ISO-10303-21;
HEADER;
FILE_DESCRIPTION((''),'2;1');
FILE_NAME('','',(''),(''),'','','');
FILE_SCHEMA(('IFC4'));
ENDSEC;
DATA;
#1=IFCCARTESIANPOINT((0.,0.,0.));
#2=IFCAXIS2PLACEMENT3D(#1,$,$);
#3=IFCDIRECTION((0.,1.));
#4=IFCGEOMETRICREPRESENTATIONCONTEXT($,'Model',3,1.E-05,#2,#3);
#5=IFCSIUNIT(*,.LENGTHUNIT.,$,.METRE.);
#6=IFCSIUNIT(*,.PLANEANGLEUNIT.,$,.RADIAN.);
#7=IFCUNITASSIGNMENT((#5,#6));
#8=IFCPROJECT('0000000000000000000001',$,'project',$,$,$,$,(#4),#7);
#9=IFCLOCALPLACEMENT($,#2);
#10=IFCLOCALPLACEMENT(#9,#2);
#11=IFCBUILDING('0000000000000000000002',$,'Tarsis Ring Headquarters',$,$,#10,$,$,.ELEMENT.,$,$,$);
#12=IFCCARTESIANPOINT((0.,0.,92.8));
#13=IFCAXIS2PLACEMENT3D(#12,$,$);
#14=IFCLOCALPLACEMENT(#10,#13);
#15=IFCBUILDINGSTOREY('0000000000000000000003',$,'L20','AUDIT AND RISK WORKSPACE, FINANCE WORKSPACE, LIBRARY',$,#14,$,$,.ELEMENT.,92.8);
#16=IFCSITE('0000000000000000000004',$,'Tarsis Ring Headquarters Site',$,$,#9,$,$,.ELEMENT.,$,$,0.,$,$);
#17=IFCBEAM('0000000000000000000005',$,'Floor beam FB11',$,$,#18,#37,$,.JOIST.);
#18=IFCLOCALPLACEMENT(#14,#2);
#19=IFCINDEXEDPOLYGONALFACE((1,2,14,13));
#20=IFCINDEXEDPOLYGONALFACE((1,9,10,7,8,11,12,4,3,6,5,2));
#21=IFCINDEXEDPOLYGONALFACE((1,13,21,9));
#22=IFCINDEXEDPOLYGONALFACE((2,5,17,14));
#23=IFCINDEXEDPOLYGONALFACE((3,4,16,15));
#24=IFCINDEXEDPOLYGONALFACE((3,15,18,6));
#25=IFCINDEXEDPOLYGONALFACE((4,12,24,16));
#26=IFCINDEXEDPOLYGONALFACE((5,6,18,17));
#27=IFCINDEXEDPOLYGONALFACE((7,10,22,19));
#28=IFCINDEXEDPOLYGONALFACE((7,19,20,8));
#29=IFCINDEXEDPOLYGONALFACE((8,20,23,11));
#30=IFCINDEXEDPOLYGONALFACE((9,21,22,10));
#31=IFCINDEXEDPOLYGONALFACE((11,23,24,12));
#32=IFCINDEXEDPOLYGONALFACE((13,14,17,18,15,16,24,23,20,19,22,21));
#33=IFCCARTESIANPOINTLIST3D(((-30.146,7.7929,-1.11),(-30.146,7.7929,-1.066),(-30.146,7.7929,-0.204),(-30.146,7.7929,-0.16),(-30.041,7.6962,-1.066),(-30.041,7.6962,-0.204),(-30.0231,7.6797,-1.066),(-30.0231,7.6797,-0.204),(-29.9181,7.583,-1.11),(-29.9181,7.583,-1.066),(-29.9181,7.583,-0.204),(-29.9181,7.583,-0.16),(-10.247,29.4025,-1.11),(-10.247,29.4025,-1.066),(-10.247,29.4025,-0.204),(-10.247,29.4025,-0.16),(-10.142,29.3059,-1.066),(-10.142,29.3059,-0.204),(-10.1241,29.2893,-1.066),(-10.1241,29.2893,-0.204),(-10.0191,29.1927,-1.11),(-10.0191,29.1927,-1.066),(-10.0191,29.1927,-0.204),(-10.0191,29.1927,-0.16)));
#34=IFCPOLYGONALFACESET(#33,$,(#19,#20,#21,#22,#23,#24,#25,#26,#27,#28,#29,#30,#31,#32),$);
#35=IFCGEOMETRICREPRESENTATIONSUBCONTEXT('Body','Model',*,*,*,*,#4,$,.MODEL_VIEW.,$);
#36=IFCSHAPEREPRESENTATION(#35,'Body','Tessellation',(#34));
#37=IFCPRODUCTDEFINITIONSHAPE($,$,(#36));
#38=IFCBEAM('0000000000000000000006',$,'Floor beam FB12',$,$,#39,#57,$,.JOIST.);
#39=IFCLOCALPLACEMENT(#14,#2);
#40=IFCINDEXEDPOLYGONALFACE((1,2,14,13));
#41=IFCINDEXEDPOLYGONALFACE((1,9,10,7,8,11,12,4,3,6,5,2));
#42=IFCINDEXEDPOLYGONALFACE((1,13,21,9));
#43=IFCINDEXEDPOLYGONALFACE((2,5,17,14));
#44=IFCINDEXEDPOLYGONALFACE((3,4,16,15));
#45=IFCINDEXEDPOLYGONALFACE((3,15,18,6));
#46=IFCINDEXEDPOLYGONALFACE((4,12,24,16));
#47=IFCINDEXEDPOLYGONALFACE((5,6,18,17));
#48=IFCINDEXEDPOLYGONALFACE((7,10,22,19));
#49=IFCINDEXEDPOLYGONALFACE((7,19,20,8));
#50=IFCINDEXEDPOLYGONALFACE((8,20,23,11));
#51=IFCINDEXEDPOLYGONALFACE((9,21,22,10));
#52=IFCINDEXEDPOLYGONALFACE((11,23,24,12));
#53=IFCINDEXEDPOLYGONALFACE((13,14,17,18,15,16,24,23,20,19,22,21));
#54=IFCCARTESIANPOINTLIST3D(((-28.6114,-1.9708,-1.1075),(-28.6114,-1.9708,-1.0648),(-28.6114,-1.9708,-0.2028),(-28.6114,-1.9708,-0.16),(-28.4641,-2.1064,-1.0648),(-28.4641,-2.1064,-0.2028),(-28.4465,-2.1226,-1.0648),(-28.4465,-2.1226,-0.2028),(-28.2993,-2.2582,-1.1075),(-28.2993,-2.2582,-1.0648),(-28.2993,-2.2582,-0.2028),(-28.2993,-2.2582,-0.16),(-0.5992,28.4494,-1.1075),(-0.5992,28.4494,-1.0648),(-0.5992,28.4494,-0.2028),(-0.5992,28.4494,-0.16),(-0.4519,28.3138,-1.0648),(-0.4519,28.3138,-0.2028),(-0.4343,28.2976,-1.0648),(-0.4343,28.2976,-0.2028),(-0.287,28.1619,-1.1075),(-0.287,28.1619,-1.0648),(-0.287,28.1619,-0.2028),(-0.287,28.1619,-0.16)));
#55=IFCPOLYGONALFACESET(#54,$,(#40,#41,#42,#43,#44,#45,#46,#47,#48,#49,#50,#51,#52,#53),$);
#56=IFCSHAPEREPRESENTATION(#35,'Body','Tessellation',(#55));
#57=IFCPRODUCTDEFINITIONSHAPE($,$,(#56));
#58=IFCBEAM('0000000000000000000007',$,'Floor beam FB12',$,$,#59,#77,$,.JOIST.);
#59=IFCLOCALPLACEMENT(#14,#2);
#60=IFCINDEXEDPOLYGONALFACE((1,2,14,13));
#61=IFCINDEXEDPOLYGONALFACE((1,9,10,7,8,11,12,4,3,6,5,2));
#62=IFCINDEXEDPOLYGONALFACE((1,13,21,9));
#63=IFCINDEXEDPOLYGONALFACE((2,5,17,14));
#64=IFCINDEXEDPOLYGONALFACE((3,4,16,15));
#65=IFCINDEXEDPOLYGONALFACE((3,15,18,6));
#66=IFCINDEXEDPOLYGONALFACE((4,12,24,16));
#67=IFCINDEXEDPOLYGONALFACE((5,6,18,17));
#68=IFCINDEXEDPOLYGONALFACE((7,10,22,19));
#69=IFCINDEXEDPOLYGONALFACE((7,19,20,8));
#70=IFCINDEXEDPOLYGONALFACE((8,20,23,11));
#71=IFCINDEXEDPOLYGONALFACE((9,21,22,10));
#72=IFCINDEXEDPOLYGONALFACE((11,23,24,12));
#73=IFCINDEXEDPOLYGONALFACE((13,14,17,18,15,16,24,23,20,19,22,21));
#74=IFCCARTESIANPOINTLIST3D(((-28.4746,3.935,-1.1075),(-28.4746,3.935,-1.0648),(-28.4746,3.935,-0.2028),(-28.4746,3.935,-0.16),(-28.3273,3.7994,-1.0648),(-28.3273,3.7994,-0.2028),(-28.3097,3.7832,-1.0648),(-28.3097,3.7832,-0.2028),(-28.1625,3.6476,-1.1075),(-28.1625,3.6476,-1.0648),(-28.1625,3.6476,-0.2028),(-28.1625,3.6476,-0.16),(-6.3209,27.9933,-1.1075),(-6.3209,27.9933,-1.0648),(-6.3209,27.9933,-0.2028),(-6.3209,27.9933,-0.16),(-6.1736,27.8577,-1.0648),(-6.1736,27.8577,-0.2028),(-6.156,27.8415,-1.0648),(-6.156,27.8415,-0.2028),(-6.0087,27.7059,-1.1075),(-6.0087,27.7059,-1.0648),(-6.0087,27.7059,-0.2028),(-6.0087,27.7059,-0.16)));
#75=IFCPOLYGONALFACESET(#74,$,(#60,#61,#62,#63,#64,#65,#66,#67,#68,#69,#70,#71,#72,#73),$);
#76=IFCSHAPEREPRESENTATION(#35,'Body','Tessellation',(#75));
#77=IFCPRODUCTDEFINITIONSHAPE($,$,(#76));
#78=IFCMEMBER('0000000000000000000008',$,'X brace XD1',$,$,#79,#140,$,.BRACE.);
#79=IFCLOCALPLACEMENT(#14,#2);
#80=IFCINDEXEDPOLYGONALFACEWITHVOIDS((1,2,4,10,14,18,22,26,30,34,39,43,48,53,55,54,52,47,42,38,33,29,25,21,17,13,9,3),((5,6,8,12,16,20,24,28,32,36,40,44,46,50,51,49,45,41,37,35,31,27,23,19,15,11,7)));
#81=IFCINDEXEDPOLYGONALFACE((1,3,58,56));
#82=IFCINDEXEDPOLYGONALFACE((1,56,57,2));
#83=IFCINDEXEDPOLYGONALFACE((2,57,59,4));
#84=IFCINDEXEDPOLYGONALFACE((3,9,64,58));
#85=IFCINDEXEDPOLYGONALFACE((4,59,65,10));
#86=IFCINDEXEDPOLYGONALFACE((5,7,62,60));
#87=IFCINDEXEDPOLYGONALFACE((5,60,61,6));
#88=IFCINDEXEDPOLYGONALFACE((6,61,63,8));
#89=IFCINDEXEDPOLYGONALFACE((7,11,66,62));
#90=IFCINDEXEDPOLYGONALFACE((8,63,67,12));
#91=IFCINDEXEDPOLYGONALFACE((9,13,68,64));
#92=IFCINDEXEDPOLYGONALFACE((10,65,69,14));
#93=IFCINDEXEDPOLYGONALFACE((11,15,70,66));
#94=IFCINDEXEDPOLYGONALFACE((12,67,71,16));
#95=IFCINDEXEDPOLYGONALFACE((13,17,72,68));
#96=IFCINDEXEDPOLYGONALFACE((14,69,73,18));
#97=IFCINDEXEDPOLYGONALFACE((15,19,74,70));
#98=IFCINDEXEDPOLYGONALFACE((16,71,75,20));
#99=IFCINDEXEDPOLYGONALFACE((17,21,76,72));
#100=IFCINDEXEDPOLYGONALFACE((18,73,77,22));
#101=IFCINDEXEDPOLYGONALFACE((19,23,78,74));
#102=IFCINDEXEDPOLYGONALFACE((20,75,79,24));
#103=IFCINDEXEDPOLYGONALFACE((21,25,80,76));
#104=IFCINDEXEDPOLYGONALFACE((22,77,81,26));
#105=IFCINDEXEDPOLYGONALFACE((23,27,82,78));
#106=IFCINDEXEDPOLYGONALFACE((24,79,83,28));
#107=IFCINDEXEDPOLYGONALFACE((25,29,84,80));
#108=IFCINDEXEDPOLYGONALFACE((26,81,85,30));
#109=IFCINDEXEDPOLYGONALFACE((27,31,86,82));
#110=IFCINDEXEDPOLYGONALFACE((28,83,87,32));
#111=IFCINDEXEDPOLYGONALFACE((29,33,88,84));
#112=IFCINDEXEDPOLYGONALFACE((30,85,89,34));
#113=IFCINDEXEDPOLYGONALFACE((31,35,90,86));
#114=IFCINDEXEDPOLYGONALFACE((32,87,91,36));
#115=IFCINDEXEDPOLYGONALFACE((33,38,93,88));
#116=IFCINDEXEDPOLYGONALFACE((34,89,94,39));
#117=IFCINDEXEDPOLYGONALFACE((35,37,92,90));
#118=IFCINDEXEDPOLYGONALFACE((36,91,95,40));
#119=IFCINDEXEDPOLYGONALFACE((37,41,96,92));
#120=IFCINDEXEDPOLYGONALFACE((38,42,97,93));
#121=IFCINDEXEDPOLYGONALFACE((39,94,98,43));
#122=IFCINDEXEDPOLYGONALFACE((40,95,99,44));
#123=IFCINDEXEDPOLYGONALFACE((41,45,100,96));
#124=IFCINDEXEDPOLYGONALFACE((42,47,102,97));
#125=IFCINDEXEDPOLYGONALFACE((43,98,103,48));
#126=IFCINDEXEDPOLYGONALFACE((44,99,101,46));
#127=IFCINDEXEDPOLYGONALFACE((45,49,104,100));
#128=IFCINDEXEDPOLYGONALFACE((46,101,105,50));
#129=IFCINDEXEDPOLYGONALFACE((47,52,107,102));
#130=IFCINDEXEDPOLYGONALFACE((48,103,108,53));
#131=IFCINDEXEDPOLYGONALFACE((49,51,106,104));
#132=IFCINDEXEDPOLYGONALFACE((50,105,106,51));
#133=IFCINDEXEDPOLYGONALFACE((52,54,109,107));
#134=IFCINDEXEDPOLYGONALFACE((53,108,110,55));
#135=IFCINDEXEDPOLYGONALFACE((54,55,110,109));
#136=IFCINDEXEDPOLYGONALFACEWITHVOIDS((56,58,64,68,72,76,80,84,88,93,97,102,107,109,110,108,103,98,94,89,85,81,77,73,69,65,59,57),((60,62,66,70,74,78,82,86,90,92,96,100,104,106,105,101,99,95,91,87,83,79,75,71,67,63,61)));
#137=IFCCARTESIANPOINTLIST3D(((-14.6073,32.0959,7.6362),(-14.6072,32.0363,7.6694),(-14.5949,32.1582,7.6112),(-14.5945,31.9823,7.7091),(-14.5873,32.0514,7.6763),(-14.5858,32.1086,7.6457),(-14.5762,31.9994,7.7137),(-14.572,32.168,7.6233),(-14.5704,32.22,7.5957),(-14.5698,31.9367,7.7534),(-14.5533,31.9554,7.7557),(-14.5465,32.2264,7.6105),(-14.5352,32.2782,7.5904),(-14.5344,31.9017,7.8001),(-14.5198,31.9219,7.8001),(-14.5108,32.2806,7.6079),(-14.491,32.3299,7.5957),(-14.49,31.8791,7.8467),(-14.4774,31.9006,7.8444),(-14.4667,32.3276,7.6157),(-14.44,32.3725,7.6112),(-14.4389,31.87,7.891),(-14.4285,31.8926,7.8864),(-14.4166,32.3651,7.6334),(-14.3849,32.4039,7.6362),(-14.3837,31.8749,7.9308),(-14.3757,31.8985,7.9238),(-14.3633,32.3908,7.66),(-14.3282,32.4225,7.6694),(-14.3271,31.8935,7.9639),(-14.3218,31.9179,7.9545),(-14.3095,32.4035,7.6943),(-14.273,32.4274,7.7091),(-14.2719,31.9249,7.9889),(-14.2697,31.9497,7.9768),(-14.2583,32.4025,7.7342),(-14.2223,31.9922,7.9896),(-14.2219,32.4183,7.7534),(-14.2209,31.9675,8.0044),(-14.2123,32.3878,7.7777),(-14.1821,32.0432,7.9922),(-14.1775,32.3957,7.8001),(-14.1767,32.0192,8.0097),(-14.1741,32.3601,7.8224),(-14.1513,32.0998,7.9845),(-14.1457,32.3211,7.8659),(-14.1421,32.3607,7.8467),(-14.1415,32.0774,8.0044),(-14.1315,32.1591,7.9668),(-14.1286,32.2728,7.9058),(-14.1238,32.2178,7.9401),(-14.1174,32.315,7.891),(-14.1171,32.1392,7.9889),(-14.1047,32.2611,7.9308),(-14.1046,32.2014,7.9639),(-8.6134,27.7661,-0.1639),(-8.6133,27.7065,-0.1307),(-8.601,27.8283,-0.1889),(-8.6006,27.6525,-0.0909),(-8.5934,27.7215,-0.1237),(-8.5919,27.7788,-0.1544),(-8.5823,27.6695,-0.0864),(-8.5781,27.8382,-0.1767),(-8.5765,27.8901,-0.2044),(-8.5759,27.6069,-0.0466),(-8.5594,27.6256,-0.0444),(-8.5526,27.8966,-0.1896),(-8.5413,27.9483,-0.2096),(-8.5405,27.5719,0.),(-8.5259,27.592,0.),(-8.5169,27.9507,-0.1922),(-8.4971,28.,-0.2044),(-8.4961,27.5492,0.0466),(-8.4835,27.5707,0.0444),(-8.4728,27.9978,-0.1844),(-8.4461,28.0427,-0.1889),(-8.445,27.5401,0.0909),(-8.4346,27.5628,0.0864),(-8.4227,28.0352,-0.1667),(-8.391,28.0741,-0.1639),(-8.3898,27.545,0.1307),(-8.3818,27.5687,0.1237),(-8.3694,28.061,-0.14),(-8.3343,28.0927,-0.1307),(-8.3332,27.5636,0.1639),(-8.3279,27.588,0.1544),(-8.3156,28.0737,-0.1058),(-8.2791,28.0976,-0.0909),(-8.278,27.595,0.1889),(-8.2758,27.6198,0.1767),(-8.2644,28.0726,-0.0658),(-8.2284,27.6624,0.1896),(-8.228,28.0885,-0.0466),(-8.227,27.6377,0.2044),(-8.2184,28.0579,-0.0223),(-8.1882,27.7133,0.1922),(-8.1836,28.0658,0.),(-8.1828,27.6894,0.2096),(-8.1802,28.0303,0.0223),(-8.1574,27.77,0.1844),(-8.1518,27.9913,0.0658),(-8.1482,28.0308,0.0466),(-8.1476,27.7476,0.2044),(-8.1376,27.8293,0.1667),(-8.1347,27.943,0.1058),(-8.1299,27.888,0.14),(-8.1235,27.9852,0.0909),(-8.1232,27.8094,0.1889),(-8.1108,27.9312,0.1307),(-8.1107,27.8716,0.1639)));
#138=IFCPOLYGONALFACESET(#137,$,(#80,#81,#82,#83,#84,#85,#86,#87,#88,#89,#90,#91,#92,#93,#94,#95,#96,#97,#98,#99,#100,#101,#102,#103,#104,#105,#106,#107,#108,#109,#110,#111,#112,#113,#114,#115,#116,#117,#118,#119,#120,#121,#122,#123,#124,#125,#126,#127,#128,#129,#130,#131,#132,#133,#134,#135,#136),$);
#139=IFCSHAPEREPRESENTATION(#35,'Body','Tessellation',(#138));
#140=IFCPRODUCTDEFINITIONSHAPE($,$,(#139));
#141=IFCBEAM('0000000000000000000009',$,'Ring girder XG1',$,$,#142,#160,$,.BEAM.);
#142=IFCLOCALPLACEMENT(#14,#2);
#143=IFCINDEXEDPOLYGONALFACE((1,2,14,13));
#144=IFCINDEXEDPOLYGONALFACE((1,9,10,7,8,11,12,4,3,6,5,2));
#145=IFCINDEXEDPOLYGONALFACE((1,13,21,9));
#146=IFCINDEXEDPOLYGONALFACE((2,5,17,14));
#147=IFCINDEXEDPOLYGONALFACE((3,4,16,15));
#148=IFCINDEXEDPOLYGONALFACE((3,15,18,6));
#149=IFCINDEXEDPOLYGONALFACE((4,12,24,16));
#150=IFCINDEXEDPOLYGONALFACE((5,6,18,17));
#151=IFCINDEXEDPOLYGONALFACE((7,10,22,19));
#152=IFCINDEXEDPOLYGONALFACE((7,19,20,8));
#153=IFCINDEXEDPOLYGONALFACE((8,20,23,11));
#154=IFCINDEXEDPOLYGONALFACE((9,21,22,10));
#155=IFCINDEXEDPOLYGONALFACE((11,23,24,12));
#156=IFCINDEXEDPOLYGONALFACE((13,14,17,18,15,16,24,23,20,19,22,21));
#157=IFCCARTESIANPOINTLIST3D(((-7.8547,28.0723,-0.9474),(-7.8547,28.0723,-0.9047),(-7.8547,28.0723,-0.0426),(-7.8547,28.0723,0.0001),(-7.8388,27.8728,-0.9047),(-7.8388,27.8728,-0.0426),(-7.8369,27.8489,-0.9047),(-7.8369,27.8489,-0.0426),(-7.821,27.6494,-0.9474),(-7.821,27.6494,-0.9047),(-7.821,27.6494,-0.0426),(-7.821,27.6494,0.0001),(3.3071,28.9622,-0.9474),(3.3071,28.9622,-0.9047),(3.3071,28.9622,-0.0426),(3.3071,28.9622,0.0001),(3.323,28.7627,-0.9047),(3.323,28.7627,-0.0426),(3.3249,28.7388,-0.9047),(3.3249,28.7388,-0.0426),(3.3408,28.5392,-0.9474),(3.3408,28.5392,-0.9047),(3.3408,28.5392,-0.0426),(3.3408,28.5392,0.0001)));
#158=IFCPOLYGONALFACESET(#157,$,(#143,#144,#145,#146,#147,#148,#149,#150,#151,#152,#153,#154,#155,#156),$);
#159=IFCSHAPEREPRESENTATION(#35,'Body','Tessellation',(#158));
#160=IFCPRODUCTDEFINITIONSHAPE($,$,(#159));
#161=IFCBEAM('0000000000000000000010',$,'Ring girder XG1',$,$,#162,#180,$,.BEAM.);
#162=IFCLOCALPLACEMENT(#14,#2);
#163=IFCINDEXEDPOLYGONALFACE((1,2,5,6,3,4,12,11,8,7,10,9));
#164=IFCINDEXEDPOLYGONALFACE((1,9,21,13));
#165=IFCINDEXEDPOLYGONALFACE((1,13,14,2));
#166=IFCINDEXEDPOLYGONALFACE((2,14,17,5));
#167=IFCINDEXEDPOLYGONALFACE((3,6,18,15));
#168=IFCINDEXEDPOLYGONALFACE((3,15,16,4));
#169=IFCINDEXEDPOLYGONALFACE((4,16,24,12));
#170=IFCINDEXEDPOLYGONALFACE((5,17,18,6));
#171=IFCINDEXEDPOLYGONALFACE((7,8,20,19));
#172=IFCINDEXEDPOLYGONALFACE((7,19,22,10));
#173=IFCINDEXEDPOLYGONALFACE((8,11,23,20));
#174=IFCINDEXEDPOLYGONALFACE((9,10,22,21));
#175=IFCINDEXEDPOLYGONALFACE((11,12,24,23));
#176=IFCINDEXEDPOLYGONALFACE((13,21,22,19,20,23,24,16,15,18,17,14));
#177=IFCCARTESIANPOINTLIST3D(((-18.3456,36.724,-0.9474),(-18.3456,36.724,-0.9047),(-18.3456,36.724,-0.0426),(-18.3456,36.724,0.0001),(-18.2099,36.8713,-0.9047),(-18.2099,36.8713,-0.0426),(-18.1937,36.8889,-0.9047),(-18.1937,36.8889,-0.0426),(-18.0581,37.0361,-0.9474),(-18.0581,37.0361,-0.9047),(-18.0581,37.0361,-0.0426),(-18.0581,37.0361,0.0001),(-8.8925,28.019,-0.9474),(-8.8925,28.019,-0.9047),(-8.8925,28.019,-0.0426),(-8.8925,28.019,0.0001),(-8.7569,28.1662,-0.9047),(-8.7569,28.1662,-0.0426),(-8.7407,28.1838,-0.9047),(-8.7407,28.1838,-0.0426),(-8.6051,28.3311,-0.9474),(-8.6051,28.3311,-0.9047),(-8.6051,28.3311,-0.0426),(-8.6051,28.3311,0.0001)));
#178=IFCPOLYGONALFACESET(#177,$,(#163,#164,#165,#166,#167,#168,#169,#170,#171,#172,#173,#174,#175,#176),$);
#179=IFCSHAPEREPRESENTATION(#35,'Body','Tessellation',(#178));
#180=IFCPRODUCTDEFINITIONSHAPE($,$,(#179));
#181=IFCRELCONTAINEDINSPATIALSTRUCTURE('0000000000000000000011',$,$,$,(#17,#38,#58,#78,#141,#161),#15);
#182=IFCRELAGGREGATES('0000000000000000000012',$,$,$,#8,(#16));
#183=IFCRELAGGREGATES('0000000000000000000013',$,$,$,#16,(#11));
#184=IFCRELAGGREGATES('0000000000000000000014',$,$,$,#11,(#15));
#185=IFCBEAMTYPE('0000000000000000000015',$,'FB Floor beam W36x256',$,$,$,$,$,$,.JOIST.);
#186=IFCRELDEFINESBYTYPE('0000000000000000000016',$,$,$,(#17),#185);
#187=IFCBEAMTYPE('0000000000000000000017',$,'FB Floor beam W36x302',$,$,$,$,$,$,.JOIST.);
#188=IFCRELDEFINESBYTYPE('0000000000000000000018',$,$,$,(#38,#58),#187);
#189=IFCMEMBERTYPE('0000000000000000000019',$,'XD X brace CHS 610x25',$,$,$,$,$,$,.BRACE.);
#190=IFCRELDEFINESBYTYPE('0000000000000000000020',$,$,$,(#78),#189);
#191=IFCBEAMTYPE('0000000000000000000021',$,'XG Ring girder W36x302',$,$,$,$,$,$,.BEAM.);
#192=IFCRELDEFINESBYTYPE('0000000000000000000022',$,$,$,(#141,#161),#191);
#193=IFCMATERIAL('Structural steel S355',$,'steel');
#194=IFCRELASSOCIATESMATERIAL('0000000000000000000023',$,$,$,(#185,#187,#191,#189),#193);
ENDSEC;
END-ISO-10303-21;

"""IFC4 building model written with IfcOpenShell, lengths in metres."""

from ifc_helpers import new_model, si_unit, direction, frame, origin, origin_2d, place, context, subcontext, project, spatial, hollow_circle, i_section, extrude, material, material_profile, profile_set, type_object, element, save


model = new_model("IFC4")

# Units and contexts
model_context = context("Model", 3, precision=1e-05, world=origin(), true_north=direction((0.0, 1.0)))
body_context = subcontext(model_context, "Body", "Model", "MODEL_VIEW")
ifc_project = project(units=[si_unit("LENGTHUNIT", "METRE"), si_unit("PLANEANGLEUNIT", "RADIAN")], contexts=[model_context])

# Site, building, storey
site_placement = place(None, origin())
site = spatial("IfcSite", under=ifc_project, at=site_placement, Name="Tarsis Ring Headquarters Site", CompositionType="ELEMENT", RefElevation=0.0)
building_placement = place(site_placement, origin())
building = spatial("IfcBuilding", under=site, at=building_placement, Name="Tarsis Ring Headquarters", CompositionType="ELEMENT")
storey_placement = place(building_placement, frame((0.0, 0.0, 92.8)))
storey = spatial("IfcBuildingStorey", under=building, at=storey_placement, Name="L20", Description="AUDIT AND RISK WORKSPACE, FINANCE WORKSPACE, LIBRARY", CompositionType="ELEMENT", Elevation=92.8)

# Shared definitions
ifc_material_1 = material(Name="Structural steel S355", Category="steel")

# Beams
ifc_material_profile_1 = material_profile(ifc_material_1, i_section(OverallWidth=0.3098, OverallDepth=0.95, WebThickness=0.0244, FlangeThickness=0.0439, at=origin_2d()), Name="W36x256")
ifc_profile_set_1 = profile_set([ifc_material_profile_1], Name="Structural steel S355")
beam_type_1 = type_object("IfcBeamType", Name="FB Floor beam W36x256", PredefinedType="JOIST", material=ifc_profile_set_1)
beam_1_placement = place(storey_placement, frame((-10.1331, 29.2976, -0.635), z_axis=(-0.67739, -0.735624, 0.0), x_axis=(0.735624, -0.67739, 0.0)))
element("IfcBeam", 1, at=beam_1_placement, inside=storey, type_object=beam_type_1, Name="Floor beam FB11", PredefinedType="JOIST", context=body_context, shape_type="SweptSolid", body=[
    extrude(i_section(OverallWidth=0.3098, OverallDepth=0.95, WebThickness=0.0244, FlangeThickness=0.0439, at=origin_2d()), origin(), (0.0, 0.0, 1.0), 29.376),
])
ifc_material_profile_2 = material_profile(ifc_material_1, i_section(OverallWidth=0.4243, OverallDepth=0.9475, WebThickness=0.0239, FlangeThickness=0.0427, at=origin_2d()), Name="W36x302")
ifc_profile_set_2 = profile_set([ifc_material_profile_2], Name="Structural steel S355")
beam_type_2 = type_object("IfcBeamType", Name="FB Floor beam W36x302", PredefinedType="JOIST", material=ifc_profile_set_2)
beam_2_placement = place(storey_placement, frame((-0.4431, 28.3057, -0.6338), z_axis=(-0.677392, -0.735622, 0.0), x_axis=(0.735622, -0.677392, 0.0)))
element("IfcBeam", 2, at=beam_2_placement, inside=storey, type_object=beam_type_2, Name="Floor beam FB12", PredefinedType="JOIST", context=body_context, shape_type="SweptSolid", body=[
    extrude(i_section(OverallWidth=0.4243, OverallDepth=0.9475, WebThickness=0.0239, FlangeThickness=0.0427, at=origin_2d()), origin(), (0.0, 0.0, 1.0), 41.353),
])
beam_3_placement = place(storey_placement, frame((-6.1648, 27.8496, -0.6338), z_axis=(-0.67739, -0.735624, 0.0), x_axis=(0.735624, -0.67739, 0.0)))
element("IfcBeam", 3, at=beam_3_placement, inside=storey, type_object=beam_type_2, Name="Floor beam FB12", PredefinedType="JOIST", context=body_context, shape_type="SweptSolid", body=[
    extrude(i_section(OverallWidth=0.4243, OverallDepth=0.9475, WebThickness=0.0239, FlangeThickness=0.0427, at=origin_2d()), origin(), (0.0, 0.0, 1.0), 32.7046),
])

# Member
ifc_material_profile_3 = material_profile(ifc_material_1, hollow_circle(Radius=0.3047, WallThickness=0.0249, at=origin_2d()), Name="CHS 610x25")
ifc_profile_set_3 = profile_set([ifc_material_profile_3], Name="Structural steel S355")
member_type = type_object("IfcMemberType", Name="XD X brace CHS 610x25", PredefinedType="BRACE", material=ifc_profile_set_3)
member_placement = place(storey_placement, frame((-8.3621, 27.8188, 0.0), z_axis=(-0.557686, 0.402858, 0.725735), x_axis=(-0.585571, -0.810621, 0.0)))
element("IfcMember", 4, at=member_placement, inside=storey, type_object=member_type, Name="X brace XD1", PredefinedType="BRACE", context=body_context, shape_type="SweptSolid", body=[
    extrude(hollow_circle(Radius=0.3047, WallThickness=0.0249, at=origin_2d()), origin(), (0.0, 0.0, 1.0), 10.7478),
])

# Beams
beam_type_3 = type_object("IfcBeamType", Name="XG Ring girder W36x302", PredefinedType="BEAM", material=ifc_profile_set_2)
beam_4_placement = place(storey_placement, frame((3.324, 28.7507, -0.4736), z_axis=(-0.996837, -0.079474, 0.0), x_axis=(0.079474, -0.996837, 0.0)))
element("IfcBeam", 5, at=beam_4_placement, inside=storey, type_object=beam_type_3, Name="Ring girder XG1", PredefinedType="BEAM", context=body_context, shape_type="SweptSolid", body=[
    extrude(i_section(OverallWidth=0.4243, OverallDepth=0.9475, WebThickness=0.0239, FlangeThickness=0.0427, at=origin_2d()), origin(), (0.0, 0.0, 1.0), 11.1973),
])
beam_5_placement = place(storey_placement, frame((-8.7488, 28.175, -0.4736), z_axis=(-0.735613, 0.677402, 0.0), x_axis=(-0.677402, -0.735613, 0.0)))
element("IfcBeam", 6, at=beam_5_placement, inside=storey, type_object=beam_type_3, Name="Ring girder XG1", PredefinedType="BEAM", context=body_context, shape_type="SweptSolid", body=[
    extrude(i_section(OverallWidth=0.4243, OverallDepth=0.9475, WebThickness=0.0239, FlangeThickness=0.0427, at=origin_2d()), origin(), (0.0, 0.0, 1.0), 12.8506),
])

save(model, "model.ifc")
